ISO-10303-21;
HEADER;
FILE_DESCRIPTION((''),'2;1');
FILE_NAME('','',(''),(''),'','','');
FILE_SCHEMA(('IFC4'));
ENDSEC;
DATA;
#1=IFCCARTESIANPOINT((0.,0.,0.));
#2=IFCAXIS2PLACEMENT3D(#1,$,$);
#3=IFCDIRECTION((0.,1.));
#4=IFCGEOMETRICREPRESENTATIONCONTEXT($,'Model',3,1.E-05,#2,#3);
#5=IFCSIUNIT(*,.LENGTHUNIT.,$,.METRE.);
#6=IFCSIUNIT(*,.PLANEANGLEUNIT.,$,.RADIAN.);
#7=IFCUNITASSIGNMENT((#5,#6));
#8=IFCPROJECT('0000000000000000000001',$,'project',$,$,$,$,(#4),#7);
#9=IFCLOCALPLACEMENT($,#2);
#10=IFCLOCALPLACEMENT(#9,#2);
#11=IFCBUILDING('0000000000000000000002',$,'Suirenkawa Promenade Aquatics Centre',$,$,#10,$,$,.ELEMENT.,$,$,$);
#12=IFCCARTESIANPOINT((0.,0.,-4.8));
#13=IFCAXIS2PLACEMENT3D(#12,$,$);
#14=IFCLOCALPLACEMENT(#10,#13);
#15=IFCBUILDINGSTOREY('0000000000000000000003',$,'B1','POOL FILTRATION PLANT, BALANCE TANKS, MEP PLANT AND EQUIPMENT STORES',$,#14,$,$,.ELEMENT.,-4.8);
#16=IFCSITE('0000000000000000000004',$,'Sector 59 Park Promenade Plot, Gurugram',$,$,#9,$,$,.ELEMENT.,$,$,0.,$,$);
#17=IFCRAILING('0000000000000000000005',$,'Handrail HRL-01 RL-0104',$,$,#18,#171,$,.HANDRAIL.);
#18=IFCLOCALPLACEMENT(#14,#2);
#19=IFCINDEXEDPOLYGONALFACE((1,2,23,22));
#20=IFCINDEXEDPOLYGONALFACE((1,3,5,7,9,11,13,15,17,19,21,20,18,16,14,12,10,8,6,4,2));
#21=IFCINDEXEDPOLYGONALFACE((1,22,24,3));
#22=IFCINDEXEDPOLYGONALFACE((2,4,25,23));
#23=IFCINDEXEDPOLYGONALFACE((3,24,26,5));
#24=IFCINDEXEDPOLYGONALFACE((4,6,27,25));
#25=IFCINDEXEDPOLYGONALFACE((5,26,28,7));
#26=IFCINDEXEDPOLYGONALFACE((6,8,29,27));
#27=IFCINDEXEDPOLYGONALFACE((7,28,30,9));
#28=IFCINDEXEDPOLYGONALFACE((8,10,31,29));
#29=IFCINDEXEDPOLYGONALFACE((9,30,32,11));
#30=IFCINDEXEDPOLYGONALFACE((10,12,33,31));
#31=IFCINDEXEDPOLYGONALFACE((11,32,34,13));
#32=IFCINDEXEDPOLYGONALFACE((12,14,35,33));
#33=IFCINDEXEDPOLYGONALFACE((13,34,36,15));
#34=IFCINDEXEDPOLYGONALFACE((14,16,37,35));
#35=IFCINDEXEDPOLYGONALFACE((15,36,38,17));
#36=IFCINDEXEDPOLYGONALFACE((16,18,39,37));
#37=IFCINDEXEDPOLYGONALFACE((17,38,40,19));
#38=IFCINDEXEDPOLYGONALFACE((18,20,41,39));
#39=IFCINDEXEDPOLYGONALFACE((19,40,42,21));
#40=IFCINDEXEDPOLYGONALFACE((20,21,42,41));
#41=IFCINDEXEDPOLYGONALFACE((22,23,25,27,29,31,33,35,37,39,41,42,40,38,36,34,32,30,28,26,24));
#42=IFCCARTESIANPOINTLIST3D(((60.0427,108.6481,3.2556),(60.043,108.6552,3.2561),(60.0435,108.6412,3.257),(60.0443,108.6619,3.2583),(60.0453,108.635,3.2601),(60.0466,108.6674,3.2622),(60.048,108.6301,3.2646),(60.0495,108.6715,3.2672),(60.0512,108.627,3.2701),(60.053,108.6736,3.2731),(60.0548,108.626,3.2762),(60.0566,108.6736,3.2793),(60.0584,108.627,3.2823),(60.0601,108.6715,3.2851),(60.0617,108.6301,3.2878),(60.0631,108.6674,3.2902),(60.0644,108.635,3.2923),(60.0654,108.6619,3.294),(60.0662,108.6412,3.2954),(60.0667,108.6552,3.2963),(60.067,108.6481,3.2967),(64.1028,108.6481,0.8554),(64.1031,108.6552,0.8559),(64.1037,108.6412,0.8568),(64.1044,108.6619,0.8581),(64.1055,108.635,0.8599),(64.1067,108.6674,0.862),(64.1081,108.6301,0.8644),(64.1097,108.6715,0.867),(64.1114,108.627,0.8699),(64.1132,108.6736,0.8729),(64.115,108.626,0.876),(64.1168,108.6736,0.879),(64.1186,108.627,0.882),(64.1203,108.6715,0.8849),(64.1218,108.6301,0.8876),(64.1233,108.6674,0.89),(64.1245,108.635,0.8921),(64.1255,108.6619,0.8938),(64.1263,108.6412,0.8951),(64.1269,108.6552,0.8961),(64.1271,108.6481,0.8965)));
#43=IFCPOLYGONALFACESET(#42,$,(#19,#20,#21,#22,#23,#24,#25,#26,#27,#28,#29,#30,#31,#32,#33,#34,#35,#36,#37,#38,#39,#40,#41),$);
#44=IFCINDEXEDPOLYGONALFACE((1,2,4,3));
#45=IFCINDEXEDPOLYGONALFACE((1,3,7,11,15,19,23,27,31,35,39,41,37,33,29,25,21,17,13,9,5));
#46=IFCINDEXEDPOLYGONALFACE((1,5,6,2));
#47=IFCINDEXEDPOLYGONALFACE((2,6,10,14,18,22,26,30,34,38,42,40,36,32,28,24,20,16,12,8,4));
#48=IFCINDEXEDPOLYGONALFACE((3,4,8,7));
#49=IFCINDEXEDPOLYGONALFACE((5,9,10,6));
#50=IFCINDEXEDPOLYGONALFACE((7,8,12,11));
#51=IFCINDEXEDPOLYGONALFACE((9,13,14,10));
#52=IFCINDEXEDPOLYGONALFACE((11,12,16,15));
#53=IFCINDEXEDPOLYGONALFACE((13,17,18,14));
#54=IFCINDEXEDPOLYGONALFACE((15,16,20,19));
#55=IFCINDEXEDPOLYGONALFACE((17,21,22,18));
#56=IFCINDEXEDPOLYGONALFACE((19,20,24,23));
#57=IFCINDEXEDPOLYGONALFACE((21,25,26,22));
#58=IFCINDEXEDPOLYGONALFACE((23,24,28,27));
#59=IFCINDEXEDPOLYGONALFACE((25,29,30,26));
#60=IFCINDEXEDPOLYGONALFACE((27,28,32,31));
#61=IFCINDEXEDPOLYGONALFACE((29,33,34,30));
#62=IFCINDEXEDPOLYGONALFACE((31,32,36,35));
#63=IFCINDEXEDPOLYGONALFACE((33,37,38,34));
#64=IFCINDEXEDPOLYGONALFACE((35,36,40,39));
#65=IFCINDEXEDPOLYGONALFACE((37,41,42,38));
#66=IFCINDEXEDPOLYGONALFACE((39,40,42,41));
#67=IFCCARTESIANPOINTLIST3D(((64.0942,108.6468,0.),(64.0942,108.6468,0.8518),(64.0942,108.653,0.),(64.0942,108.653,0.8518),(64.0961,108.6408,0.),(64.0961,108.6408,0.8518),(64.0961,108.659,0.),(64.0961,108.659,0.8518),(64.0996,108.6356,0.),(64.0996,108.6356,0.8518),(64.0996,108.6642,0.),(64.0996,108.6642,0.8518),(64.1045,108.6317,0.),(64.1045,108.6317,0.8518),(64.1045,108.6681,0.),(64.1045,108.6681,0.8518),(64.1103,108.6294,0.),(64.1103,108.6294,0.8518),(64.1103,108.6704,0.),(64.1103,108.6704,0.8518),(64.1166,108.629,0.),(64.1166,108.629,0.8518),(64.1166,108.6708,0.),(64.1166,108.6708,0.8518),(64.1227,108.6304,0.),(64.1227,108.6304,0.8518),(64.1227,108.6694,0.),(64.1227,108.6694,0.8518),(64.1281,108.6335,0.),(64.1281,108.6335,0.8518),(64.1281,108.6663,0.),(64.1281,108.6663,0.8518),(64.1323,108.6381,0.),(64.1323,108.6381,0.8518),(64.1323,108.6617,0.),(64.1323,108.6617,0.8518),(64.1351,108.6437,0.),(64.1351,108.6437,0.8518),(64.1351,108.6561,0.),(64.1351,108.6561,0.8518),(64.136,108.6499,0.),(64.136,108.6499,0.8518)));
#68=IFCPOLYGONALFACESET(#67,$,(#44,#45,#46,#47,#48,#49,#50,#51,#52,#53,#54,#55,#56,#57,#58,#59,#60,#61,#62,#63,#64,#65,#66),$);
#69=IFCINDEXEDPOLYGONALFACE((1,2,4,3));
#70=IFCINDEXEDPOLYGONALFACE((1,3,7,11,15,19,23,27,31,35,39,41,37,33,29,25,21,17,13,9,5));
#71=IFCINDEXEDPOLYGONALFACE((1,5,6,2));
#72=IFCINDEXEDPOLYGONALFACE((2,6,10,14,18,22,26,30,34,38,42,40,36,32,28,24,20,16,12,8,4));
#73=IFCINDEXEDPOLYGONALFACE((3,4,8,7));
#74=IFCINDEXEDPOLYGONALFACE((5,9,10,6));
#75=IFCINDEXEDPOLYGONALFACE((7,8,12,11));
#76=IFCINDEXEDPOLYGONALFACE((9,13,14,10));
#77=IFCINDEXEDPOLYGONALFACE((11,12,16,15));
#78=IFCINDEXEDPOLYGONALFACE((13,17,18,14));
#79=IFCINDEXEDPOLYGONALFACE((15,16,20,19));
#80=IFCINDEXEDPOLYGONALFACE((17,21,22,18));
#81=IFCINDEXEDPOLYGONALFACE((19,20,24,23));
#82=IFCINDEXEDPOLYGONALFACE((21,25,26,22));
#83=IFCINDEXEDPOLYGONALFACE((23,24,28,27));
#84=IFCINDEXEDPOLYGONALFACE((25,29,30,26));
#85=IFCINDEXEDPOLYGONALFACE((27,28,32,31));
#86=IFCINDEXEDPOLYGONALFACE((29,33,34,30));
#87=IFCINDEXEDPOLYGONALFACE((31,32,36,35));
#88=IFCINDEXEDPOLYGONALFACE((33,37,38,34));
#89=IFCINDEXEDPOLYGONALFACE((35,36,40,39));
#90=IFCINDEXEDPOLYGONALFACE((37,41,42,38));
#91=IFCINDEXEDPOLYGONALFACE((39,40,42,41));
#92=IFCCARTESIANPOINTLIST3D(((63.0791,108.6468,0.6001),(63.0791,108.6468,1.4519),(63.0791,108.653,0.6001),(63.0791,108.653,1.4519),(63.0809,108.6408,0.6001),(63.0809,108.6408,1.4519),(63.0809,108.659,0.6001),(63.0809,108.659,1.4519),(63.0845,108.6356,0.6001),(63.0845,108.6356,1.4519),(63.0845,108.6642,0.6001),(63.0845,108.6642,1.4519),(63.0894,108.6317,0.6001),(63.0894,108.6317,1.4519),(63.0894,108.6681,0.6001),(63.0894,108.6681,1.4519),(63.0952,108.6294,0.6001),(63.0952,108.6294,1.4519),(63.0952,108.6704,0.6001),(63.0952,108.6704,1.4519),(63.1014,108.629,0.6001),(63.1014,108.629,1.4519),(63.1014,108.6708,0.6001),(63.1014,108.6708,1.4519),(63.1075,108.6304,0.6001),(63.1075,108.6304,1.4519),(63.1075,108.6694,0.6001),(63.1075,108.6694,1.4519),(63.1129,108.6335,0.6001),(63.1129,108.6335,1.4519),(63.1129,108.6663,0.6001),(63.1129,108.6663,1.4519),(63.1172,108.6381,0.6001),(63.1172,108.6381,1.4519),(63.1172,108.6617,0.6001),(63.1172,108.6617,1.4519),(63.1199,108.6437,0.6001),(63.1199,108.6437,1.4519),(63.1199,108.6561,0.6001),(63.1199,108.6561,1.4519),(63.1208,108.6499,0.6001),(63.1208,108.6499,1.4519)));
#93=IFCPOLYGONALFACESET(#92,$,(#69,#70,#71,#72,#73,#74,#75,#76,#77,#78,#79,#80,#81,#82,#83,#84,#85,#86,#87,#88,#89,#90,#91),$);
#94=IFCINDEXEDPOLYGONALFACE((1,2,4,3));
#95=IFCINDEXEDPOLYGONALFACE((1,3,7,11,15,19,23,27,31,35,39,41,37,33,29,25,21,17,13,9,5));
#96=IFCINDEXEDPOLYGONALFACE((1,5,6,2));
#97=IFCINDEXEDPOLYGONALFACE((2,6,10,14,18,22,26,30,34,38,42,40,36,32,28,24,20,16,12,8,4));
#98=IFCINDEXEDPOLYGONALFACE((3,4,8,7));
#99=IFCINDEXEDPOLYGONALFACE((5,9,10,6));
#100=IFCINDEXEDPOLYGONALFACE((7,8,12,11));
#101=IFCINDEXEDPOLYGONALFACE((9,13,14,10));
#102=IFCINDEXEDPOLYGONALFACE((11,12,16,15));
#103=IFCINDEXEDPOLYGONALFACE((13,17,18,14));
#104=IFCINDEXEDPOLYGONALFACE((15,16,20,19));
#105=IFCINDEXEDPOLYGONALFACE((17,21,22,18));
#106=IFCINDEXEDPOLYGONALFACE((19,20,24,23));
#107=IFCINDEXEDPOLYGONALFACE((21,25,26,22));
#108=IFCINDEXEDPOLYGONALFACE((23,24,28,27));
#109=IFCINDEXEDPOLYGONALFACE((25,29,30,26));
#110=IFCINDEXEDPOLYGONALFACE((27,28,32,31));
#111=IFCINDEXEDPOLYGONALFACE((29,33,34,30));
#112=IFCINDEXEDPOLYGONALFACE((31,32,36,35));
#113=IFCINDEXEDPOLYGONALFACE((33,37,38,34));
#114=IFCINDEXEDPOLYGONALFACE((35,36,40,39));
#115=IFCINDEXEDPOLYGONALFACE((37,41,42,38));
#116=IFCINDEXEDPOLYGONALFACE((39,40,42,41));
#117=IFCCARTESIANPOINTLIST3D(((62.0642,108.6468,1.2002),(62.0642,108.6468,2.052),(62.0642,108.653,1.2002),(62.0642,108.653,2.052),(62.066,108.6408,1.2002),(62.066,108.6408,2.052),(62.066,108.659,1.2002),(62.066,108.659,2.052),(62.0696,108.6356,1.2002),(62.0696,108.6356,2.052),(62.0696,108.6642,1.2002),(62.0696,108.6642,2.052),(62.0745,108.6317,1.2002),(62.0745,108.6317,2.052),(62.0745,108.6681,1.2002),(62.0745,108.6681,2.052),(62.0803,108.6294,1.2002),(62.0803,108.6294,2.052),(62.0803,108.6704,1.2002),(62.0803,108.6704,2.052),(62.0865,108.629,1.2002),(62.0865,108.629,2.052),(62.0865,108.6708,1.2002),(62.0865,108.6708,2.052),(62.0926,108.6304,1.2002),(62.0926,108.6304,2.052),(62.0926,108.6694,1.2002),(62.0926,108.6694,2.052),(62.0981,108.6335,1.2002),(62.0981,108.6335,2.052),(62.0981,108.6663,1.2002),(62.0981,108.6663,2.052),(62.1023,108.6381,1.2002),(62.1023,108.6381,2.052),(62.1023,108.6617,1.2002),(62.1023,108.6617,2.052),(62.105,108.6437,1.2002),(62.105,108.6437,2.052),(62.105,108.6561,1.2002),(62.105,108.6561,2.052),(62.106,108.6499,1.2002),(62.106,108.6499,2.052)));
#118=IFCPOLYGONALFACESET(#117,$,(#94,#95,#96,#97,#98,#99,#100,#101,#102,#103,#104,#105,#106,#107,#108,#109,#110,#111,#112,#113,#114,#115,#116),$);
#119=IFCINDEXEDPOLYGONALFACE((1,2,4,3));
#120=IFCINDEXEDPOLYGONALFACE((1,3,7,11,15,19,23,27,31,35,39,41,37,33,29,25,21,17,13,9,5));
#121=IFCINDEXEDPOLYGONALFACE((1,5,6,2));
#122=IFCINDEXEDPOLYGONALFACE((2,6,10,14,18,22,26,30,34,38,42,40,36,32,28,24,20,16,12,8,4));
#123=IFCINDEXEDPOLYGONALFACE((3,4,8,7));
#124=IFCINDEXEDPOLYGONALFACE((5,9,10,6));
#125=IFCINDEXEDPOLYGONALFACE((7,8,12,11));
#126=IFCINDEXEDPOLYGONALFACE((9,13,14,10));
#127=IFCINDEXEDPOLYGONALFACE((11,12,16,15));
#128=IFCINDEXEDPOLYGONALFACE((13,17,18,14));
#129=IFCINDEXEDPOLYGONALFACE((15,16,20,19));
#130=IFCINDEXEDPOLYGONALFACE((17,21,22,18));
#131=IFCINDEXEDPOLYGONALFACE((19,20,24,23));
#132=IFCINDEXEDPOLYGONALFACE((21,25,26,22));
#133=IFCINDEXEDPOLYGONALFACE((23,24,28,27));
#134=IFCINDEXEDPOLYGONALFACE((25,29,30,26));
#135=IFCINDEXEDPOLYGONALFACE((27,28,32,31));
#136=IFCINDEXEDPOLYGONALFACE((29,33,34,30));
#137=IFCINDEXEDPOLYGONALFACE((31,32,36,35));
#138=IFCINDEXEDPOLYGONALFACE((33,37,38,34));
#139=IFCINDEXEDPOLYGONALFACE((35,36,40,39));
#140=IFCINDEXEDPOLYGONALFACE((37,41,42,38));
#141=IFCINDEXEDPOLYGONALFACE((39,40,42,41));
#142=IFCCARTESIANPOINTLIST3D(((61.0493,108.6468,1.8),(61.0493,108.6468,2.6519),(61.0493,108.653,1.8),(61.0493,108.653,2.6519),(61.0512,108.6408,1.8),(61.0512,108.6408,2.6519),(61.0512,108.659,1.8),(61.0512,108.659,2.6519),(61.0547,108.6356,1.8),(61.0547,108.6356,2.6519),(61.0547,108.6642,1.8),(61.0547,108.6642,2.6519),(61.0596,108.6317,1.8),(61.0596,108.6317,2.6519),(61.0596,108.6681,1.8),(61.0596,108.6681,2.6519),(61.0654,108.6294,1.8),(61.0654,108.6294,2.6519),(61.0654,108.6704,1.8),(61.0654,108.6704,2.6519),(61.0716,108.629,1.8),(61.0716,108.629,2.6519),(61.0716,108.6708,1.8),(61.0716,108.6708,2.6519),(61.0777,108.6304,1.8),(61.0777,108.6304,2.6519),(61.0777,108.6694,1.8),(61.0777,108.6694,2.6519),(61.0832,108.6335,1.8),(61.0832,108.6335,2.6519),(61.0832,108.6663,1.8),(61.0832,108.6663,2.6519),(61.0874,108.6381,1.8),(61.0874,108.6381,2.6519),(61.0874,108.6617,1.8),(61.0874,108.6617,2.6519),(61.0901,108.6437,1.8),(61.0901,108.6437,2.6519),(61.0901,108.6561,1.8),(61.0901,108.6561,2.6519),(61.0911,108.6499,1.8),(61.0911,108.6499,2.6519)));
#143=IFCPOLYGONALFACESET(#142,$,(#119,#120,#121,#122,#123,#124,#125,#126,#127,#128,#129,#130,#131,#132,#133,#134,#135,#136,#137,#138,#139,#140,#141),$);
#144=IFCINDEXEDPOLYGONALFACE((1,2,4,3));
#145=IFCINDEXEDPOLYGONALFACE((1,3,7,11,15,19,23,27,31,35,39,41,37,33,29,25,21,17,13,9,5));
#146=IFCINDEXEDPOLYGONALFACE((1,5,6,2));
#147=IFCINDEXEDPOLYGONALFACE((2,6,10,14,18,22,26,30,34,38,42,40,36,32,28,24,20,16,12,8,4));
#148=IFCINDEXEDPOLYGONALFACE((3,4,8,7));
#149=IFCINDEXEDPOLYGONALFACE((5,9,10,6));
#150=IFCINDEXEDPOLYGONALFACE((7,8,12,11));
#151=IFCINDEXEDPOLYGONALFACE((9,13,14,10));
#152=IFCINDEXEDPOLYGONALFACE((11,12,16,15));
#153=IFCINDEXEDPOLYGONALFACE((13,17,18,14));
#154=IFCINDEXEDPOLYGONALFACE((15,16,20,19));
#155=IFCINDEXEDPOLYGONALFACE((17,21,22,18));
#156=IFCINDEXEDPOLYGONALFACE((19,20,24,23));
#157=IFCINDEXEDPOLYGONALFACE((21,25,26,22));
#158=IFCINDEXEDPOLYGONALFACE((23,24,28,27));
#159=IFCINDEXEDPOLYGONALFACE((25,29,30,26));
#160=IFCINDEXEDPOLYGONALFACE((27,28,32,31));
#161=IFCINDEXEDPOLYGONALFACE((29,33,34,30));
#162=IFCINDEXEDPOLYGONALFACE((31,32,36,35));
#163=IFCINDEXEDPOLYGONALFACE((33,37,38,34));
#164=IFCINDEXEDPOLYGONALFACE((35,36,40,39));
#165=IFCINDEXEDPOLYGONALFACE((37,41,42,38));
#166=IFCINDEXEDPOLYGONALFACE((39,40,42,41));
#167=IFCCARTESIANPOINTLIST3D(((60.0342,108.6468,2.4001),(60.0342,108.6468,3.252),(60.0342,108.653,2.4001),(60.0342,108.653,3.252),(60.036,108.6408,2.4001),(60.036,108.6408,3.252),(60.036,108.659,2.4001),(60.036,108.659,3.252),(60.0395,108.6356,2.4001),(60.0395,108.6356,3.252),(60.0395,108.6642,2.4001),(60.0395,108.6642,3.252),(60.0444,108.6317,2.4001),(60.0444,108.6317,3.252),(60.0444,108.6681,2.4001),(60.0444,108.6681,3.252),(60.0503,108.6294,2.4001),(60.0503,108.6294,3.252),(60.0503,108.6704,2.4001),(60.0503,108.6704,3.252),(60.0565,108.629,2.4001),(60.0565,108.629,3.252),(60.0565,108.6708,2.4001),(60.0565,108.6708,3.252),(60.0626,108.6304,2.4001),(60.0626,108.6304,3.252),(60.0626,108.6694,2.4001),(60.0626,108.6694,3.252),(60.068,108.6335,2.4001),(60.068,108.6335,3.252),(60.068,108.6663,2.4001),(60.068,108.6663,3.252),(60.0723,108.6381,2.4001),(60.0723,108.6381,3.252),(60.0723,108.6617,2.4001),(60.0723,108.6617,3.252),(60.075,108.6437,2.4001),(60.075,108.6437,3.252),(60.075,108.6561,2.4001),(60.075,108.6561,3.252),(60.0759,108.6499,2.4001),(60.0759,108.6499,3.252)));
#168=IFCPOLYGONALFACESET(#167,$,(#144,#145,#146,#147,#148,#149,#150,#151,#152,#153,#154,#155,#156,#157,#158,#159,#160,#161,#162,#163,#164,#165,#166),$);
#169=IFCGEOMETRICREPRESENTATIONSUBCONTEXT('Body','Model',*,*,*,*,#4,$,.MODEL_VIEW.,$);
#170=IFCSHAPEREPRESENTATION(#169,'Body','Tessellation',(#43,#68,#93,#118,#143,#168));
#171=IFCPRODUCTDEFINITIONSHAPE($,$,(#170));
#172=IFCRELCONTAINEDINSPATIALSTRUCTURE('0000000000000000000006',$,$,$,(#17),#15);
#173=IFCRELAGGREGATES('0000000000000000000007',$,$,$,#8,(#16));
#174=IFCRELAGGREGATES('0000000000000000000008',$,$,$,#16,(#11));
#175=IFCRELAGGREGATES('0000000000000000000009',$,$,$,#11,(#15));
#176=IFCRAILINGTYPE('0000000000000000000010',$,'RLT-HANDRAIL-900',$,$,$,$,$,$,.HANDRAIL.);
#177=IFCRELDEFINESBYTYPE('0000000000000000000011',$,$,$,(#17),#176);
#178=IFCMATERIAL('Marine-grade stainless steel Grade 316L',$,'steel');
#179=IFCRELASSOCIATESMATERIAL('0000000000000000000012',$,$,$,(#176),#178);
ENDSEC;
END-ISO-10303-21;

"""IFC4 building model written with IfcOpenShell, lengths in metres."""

from ifc_helpers import new_model, si_unit, direction, frame, origin, origin_2d, place, context, subcontext, project, spatial, circle, extrude, material, type_object, element, save


model = new_model("IFC4")

# Units and contexts
model_context = context("Model", 3, precision=1e-05, world=origin(), true_north=direction((0.0, 1.0)))
body_context = subcontext(model_context, "Body", "Model", "MODEL_VIEW")
ifc_project = project(units=[si_unit("LENGTHUNIT", "METRE"), si_unit("PLANEANGLEUNIT", "RADIAN")], contexts=[model_context])

# Site, building, storey
site_placement = place(None, origin())
site = spatial("IfcSite", under=ifc_project, at=site_placement, Name="Sector 59 Park Promenade Plot, Gurugram", CompositionType="ELEMENT", RefElevation=0.0)
building_placement = place(site_placement, origin())
building = spatial("IfcBuilding", under=site, at=building_placement, Name="Suirenkawa Promenade Aquatics Centre", CompositionType="ELEMENT")
storey_placement = place(building_placement, frame((0.0, 0.0, -4.8)))
storey = spatial("IfcBuildingStorey", under=building, at=storey_placement, Name="B1", Description="POOL FILTRATION PLANT, BALANCE TANKS, MEP PLANT AND EQUIPMENT STORES", CompositionType="ELEMENT", Elevation=-4.8)

# Shared definitions
ifc_material_1 = material(Name="Marine-grade stainless steel Grade 316L", Category="steel")

# Railing
railing_type_1 = type_object("IfcRailingType", Name="RLT-HANDRAIL-900", PredefinedType="HANDRAIL", material=ifc_material_1)
for number, where, name in (
    (1, (64.115, 108.6499, 0.0), "Handrail HRL-01 RL-0104"),
):
    element("IfcRailing", number, at=place(storey_placement, frame(where)), inside=storey, type_object=railing_type_1, Name=name, PredefinedType="HANDRAIL", context=body_context, shape_type="SweptSolid", body=[
        extrude(circle(Radius=0.0239, at=origin_2d()), frame((0.0, 0.0, 0.876), z_axis=(-0.860832, 0.0, 0.50889), x_axis=(0.0, -1.0, 0.0)), (0.0, 0.0, 1.0), 4.7166),
        extrude(circle(Radius=0.021, at=origin_2d()), origin(), (0.0, 0.0, 1.0), 0.8518),
        extrude(circle(Radius=0.021, at=origin_2d()), frame((-1.0151, 0.0, 0.6001)), (0.0, 0.0, 1.0), 0.8518),
        extrude(circle(Radius=0.021, at=origin_2d()), frame((-2.03, 0.0, 1.2002)), (0.0, 0.0, 1.0), 0.8518),
        extrude(circle(Radius=0.021, at=origin_2d()), frame((-3.0449, 0.0, 1.8)), (0.0, 0.0, 1.0), 0.8518),
        extrude(circle(Radius=0.021, at=origin_2d()), frame((-4.0601, 0.0, 2.4001)), (0.0, 0.0, 1.0), 0.8518),
    ])

save(model, "model.ifc")
